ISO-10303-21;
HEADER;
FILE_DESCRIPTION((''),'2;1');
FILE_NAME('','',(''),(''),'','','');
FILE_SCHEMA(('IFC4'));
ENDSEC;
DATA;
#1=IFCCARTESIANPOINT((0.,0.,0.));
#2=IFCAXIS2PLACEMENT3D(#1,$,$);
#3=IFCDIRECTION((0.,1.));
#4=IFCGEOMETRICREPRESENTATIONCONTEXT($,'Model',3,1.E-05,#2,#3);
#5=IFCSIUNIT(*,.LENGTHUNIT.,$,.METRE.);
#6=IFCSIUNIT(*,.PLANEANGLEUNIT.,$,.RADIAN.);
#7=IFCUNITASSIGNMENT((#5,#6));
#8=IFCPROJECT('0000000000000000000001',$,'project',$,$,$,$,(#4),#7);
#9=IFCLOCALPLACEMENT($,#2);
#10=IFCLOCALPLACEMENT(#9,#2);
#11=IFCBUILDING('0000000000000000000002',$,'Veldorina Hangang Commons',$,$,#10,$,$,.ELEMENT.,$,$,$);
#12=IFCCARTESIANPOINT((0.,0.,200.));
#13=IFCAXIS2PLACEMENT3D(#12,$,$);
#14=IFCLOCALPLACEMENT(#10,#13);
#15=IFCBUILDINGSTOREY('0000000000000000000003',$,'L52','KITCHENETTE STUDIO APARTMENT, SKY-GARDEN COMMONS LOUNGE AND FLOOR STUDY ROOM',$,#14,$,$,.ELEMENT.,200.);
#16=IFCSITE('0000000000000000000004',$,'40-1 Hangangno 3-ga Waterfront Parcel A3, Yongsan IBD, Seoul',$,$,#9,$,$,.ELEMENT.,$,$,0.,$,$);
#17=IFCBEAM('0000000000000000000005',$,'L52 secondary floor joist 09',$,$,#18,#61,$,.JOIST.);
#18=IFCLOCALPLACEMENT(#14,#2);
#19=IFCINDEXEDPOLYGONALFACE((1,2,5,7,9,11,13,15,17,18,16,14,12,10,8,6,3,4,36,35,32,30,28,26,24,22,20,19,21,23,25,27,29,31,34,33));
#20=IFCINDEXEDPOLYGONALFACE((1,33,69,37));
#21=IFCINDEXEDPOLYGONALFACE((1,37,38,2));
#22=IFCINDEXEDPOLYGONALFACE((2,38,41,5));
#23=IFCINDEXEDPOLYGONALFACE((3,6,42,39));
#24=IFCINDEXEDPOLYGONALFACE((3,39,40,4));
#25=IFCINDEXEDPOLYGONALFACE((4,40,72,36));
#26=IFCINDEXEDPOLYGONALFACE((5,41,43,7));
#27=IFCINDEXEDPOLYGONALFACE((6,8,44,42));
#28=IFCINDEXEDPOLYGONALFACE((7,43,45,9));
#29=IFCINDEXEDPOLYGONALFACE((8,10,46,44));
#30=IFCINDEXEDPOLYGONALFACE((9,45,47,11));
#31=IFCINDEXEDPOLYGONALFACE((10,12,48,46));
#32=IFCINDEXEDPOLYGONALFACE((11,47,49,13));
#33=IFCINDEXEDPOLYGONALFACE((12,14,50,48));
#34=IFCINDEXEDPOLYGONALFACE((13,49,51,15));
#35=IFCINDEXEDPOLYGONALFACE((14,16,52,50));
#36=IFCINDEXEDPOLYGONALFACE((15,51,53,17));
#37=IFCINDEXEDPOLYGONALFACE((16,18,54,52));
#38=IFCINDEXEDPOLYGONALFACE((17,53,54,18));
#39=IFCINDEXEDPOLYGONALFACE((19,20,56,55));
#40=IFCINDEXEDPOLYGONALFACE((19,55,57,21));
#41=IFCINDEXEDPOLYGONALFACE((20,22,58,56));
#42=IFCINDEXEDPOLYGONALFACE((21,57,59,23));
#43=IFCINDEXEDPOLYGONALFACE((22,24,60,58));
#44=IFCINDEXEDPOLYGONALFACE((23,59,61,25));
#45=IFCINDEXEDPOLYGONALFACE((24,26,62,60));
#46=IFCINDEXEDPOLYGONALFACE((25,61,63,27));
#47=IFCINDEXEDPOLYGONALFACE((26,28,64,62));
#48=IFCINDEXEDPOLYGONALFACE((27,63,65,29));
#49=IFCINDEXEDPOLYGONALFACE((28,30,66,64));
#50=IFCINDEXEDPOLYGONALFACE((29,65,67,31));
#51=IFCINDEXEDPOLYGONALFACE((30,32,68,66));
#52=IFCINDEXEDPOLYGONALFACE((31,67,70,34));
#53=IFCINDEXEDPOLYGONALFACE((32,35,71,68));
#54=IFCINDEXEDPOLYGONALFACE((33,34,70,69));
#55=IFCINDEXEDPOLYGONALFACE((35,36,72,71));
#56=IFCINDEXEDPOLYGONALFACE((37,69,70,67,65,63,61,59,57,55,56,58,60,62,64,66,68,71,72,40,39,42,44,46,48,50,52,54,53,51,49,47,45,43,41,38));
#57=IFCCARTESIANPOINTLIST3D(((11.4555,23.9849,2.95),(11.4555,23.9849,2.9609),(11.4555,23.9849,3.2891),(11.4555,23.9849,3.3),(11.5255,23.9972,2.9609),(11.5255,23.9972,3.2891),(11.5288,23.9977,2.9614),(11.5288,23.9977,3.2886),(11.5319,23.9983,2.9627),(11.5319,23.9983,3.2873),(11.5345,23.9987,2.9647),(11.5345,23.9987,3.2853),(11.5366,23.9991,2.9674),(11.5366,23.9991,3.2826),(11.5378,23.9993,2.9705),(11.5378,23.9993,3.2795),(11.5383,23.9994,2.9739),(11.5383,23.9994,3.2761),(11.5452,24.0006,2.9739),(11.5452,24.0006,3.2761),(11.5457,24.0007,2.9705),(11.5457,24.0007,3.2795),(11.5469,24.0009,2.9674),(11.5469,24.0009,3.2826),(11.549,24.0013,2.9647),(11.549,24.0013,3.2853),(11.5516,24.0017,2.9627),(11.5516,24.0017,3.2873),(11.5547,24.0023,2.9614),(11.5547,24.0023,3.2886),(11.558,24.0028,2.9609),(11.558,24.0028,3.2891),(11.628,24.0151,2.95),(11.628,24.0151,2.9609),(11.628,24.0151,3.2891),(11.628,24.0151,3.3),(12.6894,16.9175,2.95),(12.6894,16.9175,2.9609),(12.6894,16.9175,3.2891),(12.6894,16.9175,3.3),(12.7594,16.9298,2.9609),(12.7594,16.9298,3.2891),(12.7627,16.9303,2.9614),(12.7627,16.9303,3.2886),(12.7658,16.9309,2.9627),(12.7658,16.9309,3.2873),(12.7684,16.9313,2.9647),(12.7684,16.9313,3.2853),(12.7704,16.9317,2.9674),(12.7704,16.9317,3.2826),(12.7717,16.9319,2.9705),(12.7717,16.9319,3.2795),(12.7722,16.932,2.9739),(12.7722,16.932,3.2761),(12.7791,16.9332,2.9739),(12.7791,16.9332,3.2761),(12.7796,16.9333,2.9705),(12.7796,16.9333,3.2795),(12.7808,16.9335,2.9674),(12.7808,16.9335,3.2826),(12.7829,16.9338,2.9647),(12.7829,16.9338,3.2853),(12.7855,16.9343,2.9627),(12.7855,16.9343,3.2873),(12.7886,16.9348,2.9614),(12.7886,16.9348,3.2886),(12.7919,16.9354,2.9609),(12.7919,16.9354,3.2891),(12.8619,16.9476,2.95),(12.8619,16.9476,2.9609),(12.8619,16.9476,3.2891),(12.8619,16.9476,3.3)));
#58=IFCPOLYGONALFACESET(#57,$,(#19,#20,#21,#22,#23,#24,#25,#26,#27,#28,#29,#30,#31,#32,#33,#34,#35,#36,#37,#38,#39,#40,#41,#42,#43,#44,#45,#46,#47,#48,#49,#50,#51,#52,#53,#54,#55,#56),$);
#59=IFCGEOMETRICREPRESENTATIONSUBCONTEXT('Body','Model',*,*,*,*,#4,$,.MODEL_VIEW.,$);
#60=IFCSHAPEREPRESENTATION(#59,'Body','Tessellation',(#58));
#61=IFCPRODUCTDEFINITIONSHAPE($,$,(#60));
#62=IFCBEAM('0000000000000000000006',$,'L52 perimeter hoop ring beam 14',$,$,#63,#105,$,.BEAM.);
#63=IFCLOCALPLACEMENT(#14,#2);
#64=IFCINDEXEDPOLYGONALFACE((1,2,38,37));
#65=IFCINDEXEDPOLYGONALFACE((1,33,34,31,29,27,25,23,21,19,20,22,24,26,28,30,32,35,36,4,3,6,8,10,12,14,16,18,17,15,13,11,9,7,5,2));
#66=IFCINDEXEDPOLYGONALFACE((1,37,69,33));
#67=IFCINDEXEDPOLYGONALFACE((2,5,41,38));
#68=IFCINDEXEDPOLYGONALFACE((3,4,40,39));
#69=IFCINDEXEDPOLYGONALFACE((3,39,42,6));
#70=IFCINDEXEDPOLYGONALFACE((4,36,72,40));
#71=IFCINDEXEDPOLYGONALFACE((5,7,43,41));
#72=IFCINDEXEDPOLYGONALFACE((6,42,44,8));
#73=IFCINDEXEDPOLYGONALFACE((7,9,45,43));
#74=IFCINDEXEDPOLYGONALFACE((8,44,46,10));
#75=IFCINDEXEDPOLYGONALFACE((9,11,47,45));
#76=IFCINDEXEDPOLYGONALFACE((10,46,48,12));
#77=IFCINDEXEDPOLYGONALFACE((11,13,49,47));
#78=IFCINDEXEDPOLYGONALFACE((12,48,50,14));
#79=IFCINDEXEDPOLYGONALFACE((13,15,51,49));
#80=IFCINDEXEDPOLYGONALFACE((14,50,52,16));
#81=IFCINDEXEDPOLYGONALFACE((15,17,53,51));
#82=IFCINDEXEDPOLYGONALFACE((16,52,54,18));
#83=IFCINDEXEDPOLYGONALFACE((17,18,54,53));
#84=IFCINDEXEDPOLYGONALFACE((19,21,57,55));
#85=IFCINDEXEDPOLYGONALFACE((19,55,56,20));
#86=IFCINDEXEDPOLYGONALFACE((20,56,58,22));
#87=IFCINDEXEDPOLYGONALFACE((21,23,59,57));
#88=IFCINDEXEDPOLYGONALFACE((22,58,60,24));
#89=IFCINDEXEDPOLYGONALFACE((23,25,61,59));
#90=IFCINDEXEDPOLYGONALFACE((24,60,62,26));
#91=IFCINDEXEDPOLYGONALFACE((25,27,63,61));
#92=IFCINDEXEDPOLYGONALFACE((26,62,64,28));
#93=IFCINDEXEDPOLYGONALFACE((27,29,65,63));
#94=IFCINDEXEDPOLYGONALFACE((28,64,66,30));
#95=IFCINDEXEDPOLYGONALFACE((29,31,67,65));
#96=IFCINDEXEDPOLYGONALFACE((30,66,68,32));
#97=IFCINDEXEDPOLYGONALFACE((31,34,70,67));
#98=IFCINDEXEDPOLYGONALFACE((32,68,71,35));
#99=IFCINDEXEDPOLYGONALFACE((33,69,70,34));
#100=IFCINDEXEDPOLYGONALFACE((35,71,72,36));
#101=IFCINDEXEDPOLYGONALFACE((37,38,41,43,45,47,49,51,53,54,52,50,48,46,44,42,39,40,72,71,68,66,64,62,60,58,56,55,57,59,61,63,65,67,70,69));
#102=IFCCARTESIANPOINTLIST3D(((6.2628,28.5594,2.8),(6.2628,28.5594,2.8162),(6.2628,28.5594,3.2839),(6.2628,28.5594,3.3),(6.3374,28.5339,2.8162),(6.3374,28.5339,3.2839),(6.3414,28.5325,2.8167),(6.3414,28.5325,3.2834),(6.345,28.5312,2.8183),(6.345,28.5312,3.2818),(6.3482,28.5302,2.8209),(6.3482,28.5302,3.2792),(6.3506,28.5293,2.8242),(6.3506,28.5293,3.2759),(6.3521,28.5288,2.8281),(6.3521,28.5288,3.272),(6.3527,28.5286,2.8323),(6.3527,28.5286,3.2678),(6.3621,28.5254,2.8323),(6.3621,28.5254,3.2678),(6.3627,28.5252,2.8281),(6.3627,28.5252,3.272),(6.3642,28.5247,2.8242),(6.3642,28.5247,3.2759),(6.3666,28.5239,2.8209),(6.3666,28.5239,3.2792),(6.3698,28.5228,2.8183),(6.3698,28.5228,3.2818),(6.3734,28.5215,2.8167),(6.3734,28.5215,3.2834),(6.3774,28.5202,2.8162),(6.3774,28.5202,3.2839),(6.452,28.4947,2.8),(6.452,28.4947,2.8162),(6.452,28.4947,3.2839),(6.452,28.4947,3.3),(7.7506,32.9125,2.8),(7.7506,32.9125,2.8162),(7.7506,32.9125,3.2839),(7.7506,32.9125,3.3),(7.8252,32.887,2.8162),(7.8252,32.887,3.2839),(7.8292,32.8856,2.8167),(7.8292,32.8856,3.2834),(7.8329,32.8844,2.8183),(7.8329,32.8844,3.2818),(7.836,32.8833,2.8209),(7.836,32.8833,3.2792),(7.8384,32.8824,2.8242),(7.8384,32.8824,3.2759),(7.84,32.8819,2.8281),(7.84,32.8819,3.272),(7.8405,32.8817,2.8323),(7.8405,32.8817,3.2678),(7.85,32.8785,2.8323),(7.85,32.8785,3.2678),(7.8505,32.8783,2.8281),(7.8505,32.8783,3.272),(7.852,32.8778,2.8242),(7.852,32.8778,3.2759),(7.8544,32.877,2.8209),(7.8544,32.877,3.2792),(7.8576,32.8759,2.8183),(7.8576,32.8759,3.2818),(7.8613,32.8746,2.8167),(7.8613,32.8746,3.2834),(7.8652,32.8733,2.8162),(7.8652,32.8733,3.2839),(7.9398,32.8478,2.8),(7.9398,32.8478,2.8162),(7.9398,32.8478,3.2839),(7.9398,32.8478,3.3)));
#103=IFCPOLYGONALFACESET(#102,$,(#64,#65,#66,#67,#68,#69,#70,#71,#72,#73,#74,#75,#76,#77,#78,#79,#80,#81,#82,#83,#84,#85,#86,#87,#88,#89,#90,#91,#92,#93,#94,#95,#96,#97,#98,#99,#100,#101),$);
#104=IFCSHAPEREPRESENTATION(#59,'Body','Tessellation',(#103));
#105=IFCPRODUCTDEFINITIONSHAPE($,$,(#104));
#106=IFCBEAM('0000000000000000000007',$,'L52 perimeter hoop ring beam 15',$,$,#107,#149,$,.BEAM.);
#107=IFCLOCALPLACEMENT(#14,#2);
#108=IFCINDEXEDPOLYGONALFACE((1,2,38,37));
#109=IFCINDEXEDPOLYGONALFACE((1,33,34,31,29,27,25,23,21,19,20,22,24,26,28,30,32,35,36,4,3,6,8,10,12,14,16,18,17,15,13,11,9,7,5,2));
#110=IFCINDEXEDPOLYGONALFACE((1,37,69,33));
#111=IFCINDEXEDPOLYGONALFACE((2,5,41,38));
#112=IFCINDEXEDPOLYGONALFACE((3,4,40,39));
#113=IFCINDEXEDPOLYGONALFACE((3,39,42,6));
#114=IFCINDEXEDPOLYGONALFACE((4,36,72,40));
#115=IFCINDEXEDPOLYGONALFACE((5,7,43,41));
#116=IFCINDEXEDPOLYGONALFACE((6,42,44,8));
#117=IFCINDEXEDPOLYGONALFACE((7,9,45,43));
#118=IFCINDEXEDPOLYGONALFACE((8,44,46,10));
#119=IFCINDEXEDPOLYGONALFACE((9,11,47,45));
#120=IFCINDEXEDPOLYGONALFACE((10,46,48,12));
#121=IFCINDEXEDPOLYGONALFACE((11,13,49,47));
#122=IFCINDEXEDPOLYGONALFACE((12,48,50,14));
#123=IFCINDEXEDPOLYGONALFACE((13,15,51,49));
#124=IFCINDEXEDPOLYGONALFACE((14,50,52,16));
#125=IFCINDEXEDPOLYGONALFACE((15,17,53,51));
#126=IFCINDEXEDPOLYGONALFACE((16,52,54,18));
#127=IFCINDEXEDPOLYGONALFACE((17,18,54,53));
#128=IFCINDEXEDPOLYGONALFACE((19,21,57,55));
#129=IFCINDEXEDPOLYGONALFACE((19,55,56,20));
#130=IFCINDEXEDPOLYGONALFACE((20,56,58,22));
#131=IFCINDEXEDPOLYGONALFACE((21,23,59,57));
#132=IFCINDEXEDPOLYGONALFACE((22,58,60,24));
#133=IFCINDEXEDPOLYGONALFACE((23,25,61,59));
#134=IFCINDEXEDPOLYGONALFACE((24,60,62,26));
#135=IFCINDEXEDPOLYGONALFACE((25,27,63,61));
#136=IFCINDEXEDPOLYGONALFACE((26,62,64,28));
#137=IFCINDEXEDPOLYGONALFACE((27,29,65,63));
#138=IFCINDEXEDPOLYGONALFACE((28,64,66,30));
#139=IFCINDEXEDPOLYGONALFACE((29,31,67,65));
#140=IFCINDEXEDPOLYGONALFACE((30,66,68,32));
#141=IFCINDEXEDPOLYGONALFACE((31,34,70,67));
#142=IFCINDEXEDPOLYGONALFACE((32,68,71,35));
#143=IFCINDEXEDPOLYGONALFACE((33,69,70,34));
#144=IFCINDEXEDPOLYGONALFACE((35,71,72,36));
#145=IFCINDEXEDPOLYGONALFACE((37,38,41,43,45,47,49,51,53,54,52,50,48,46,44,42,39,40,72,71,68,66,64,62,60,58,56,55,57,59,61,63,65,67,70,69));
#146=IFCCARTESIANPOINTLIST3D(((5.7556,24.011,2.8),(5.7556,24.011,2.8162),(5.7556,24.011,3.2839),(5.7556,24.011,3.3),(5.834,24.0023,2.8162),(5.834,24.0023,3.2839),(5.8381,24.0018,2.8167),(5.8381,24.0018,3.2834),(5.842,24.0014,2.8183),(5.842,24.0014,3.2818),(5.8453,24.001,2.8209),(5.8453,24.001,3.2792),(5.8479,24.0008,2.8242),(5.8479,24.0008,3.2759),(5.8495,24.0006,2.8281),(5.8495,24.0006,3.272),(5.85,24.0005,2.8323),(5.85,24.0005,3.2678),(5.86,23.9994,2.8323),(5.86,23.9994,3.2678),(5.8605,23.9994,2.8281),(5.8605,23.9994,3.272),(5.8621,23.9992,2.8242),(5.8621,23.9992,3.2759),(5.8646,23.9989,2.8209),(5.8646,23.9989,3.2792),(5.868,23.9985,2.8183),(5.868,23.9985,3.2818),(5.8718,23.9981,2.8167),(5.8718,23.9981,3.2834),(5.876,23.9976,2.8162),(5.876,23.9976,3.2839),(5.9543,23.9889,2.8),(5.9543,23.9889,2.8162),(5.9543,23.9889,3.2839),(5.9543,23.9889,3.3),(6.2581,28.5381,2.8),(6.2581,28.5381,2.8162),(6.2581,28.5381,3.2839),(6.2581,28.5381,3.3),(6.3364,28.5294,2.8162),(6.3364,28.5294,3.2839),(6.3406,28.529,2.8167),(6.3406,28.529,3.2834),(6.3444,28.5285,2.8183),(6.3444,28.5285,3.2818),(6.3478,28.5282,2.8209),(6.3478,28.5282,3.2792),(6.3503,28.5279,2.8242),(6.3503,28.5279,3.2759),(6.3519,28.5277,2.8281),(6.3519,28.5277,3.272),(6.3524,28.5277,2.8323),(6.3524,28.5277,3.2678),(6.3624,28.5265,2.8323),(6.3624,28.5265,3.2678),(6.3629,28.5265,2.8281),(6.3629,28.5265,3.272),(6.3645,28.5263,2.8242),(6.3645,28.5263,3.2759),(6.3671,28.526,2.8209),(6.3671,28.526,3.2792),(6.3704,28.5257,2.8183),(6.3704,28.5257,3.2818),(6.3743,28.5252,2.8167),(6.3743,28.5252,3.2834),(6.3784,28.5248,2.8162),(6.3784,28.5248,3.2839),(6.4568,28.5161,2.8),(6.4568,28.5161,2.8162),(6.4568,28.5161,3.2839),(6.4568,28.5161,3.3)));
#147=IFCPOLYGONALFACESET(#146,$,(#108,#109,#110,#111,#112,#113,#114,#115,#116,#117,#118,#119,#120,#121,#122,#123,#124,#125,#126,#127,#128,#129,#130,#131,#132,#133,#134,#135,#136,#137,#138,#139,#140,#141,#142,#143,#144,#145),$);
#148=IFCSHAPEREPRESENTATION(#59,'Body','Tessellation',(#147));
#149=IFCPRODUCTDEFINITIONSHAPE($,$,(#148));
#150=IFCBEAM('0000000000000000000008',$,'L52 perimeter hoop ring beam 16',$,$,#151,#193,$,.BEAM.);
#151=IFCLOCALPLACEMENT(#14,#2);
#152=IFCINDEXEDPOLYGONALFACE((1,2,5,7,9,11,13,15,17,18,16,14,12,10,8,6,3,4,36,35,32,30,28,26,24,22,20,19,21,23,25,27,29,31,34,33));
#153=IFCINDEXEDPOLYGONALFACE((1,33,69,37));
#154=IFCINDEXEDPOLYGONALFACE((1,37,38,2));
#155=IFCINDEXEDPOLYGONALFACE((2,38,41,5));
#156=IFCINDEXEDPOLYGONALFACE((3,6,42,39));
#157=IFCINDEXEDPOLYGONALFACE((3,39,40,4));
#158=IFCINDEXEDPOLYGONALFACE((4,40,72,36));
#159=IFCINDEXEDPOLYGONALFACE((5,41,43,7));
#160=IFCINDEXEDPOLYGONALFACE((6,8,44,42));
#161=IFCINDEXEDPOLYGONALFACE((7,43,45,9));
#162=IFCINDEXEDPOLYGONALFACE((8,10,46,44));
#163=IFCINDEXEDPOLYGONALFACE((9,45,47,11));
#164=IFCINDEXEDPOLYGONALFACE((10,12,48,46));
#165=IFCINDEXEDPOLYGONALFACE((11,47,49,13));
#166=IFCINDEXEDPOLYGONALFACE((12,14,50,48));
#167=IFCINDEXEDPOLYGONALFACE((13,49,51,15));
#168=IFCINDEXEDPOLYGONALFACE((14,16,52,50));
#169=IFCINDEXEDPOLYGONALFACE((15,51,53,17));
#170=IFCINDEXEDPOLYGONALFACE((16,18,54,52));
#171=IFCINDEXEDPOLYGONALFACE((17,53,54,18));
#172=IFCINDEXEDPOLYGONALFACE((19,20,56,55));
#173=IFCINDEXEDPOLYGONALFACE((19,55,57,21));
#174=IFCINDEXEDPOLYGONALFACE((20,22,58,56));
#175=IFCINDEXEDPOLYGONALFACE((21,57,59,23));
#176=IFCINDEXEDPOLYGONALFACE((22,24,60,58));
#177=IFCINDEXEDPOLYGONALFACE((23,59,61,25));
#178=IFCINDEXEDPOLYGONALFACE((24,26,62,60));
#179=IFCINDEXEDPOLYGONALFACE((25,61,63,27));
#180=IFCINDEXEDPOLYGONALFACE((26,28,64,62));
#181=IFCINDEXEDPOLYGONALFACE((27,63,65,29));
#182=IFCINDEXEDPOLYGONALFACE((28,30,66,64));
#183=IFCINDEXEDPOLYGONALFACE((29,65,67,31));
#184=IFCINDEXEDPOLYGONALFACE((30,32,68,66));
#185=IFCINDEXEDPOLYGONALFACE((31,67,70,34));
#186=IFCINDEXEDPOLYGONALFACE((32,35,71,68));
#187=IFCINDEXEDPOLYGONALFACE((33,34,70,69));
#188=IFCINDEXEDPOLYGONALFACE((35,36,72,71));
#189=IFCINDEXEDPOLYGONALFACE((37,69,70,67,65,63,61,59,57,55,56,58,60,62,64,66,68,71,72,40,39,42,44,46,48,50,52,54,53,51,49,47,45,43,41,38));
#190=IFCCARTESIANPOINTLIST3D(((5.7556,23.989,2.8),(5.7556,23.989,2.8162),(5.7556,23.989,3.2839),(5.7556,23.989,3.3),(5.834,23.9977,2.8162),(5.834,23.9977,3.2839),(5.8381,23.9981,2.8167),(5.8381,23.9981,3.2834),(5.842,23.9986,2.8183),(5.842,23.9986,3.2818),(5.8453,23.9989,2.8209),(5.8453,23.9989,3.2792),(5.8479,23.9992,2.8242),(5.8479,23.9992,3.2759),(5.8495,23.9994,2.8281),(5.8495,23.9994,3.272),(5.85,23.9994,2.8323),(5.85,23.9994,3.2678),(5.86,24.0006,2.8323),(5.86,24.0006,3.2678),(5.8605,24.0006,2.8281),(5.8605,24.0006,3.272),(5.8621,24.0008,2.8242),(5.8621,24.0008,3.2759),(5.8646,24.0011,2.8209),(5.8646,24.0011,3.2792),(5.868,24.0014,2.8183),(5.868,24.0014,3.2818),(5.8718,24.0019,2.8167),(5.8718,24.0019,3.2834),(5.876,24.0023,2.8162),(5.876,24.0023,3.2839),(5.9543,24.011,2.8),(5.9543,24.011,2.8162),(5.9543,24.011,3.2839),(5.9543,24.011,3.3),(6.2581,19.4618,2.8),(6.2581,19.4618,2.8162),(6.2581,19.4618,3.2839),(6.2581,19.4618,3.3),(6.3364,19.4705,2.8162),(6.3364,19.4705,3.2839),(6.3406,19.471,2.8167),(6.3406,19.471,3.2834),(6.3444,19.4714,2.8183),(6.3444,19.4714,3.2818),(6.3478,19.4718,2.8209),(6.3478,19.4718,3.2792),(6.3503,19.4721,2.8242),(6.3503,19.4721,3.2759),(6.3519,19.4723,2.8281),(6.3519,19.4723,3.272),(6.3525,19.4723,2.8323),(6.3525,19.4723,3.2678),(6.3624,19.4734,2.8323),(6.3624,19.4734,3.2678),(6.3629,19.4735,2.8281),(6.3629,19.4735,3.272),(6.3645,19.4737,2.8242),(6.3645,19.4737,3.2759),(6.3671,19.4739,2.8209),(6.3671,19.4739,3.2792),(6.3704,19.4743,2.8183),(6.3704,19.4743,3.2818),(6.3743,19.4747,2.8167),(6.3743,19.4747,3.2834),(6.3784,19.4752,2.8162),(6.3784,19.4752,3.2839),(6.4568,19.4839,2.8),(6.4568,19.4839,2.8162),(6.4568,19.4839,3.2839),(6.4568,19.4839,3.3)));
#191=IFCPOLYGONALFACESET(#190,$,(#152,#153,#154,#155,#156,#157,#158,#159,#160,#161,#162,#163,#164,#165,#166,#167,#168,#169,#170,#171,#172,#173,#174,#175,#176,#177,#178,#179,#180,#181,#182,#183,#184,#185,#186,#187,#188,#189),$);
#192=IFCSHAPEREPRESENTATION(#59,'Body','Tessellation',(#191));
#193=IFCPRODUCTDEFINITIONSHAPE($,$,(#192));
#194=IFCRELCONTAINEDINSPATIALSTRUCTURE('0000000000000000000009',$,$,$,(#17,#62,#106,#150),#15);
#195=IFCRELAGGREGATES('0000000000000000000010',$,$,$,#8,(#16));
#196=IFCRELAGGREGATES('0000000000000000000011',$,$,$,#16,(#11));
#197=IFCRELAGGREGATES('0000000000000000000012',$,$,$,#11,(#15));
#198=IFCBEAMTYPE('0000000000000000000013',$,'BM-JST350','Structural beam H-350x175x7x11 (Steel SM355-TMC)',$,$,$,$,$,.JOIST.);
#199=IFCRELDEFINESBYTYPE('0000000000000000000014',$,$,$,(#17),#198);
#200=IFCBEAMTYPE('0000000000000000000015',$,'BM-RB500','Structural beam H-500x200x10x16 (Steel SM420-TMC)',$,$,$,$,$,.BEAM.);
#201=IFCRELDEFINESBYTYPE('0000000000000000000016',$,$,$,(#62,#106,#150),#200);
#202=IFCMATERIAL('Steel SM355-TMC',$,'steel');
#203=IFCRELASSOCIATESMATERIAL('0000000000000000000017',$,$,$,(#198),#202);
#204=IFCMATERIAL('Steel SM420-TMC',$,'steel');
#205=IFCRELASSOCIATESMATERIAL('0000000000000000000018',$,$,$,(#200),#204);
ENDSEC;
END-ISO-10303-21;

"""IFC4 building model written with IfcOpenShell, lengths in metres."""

from ifc_helpers import new_model, si_unit, direction, frame, origin, origin_2d, place, context, subcontext, project, spatial, i_section, extrude, material, material_profile, profile_set, type_object, element, save


model = new_model("IFC4")

# Units and contexts
model_context = context("Model", 3, precision=1e-05, world=origin(), true_north=direction((0.0, 1.0)))
body_context = subcontext(model_context, "Body", "Model", "MODEL_VIEW")
ifc_project = project(units=[si_unit("LENGTHUNIT", "METRE"), si_unit("PLANEANGLEUNIT", "RADIAN")], contexts=[model_context])

# Site, building, storey
site_placement = place(None, origin())
site = spatial("IfcSite", under=ifc_project, at=site_placement, Name="40-1 Hangangno 3-ga Waterfront Parcel A3, Yongsan IBD, Seoul", CompositionType="ELEMENT", RefElevation=0.0)
building_placement = place(site_placement, origin())
building = spatial("IfcBuilding", under=site, at=building_placement, Name="Veldorina Hangang Commons", CompositionType="ELEMENT")
storey_placement = place(building_placement, frame((0.0, 0.0, 200.0)))
storey = spatial("IfcBuildingStorey", under=building, at=storey_placement, Name="L52", Description="KITCHENETTE STUDIO APARTMENT, SKY-GARDEN COMMONS LOUNGE AND FLOOR STUDY ROOM", CompositionType="ELEMENT", Elevation=200.0)

# Beams
ifc_material_1 = material(Name="Steel SM355-TMC", Category="steel")
ifc_material_profile_1 = material_profile(ifc_material_1, i_section(OverallWidth=0.175, OverallDepth=0.3501, WebThickness=0.0071, FlangeThickness=0.011, FilletRadius=0.0129, at=origin_2d()), Name="H-350x175x7x11")
ifc_profile_set_1 = profile_set([ifc_material_profile_1], Name="Steel SM355-TMC")
beam_type_1 = type_object("IfcBeamType", Name="BM-JST350", Description="Structural beam H-350x175x7x11 (Steel SM355-TMC)", PredefinedType="JOIST", material=ifc_profile_set_1)
beam_1_placement = place(storey_placement, frame((11.5417, 24.0, 3.125), z_axis=(0.171987, -0.985099, 0.0), x_axis=(0.985099, 0.171987, 0.0)))
element("IfcBeam", 1, at=beam_1_placement, inside=storey, type_object=beam_type_1, Name="L52 secondary floor joist 09", PredefinedType="JOIST", context=body_context, shape_type="SweptSolid", body=[
    extrude(i_section(OverallWidth=0.175, OverallDepth=0.3501, WebThickness=0.0071, FlangeThickness=0.011, FilletRadius=0.0129, at=origin_2d()), origin(), (0.0, 0.0, 1.0), 7.1743),
])
ifc_material_2 = material(Name="Steel SM420-TMC", Category="steel")
ifc_material_profile_2 = material_profile(ifc_material_2, i_section(OverallWidth=0.2, OverallDepth=0.5, WebThickness=0.01, FlangeThickness=0.0161, FilletRadius=0.0161, at=origin_2d()), Name="H-500x200x10x16")
ifc_profile_set_2 = profile_set([ifc_material_profile_2], Name="Steel SM420-TMC")
beam_type_2 = type_object("IfcBeamType", Name="BM-RB500", Description="Structural beam H-500x200x10x16 (Steel SM420-TMC)", PredefinedType="BEAM", material=ifc_profile_set_2)
beam_2_placement = place(storey_placement, frame((7.8452, 32.8801, 3.05), z_axis=(-0.323415, -0.946257, 0.0), x_axis=(0.946257, -0.323415, 0.0)))
element("IfcBeam", 2, at=beam_2_placement, inside=storey, type_object=beam_type_2, Name="L52 perimeter hoop ring beam 14", PredefinedType="BEAM", context=body_context, shape_type="SweptSolid", body=[
    extrude(i_section(OverallWidth=0.2, OverallDepth=0.5, WebThickness=0.01, FlangeThickness=0.0161, FilletRadius=0.0161, at=origin_2d()), origin(), (0.0, 0.0, 1.0), 4.6003),
])
for number, where, z_axis, x_axis, name in (
    (3, (6.3574, 28.5271, 3.05), (-0.110308, -0.993897, 0.0), (0.993897, -0.110308, 0.0), "L52 perimeter hoop ring beam 15"),
    (4, (5.855, 24.0, 3.05), (0.110308, -0.993897, 0.0), (0.993897, 0.110308, 0.0), "L52 perimeter hoop ring beam 16"),
):
    element("IfcBeam", number, at=place(storey_placement, frame(where, z_axis=z_axis, x_axis=x_axis)), inside=storey, type_object=beam_type_2, Name=name, PredefinedType="BEAM", context=body_context, shape_type="SweptSolid", body=[
        extrude(i_section(OverallWidth=0.2, OverallDepth=0.5, WebThickness=0.01, FlangeThickness=0.0161, FilletRadius=0.0161, at=origin_2d()), origin(), (0.0, 0.0, 1.0), 4.5549),
    ])

save(model, "model.ifc")
